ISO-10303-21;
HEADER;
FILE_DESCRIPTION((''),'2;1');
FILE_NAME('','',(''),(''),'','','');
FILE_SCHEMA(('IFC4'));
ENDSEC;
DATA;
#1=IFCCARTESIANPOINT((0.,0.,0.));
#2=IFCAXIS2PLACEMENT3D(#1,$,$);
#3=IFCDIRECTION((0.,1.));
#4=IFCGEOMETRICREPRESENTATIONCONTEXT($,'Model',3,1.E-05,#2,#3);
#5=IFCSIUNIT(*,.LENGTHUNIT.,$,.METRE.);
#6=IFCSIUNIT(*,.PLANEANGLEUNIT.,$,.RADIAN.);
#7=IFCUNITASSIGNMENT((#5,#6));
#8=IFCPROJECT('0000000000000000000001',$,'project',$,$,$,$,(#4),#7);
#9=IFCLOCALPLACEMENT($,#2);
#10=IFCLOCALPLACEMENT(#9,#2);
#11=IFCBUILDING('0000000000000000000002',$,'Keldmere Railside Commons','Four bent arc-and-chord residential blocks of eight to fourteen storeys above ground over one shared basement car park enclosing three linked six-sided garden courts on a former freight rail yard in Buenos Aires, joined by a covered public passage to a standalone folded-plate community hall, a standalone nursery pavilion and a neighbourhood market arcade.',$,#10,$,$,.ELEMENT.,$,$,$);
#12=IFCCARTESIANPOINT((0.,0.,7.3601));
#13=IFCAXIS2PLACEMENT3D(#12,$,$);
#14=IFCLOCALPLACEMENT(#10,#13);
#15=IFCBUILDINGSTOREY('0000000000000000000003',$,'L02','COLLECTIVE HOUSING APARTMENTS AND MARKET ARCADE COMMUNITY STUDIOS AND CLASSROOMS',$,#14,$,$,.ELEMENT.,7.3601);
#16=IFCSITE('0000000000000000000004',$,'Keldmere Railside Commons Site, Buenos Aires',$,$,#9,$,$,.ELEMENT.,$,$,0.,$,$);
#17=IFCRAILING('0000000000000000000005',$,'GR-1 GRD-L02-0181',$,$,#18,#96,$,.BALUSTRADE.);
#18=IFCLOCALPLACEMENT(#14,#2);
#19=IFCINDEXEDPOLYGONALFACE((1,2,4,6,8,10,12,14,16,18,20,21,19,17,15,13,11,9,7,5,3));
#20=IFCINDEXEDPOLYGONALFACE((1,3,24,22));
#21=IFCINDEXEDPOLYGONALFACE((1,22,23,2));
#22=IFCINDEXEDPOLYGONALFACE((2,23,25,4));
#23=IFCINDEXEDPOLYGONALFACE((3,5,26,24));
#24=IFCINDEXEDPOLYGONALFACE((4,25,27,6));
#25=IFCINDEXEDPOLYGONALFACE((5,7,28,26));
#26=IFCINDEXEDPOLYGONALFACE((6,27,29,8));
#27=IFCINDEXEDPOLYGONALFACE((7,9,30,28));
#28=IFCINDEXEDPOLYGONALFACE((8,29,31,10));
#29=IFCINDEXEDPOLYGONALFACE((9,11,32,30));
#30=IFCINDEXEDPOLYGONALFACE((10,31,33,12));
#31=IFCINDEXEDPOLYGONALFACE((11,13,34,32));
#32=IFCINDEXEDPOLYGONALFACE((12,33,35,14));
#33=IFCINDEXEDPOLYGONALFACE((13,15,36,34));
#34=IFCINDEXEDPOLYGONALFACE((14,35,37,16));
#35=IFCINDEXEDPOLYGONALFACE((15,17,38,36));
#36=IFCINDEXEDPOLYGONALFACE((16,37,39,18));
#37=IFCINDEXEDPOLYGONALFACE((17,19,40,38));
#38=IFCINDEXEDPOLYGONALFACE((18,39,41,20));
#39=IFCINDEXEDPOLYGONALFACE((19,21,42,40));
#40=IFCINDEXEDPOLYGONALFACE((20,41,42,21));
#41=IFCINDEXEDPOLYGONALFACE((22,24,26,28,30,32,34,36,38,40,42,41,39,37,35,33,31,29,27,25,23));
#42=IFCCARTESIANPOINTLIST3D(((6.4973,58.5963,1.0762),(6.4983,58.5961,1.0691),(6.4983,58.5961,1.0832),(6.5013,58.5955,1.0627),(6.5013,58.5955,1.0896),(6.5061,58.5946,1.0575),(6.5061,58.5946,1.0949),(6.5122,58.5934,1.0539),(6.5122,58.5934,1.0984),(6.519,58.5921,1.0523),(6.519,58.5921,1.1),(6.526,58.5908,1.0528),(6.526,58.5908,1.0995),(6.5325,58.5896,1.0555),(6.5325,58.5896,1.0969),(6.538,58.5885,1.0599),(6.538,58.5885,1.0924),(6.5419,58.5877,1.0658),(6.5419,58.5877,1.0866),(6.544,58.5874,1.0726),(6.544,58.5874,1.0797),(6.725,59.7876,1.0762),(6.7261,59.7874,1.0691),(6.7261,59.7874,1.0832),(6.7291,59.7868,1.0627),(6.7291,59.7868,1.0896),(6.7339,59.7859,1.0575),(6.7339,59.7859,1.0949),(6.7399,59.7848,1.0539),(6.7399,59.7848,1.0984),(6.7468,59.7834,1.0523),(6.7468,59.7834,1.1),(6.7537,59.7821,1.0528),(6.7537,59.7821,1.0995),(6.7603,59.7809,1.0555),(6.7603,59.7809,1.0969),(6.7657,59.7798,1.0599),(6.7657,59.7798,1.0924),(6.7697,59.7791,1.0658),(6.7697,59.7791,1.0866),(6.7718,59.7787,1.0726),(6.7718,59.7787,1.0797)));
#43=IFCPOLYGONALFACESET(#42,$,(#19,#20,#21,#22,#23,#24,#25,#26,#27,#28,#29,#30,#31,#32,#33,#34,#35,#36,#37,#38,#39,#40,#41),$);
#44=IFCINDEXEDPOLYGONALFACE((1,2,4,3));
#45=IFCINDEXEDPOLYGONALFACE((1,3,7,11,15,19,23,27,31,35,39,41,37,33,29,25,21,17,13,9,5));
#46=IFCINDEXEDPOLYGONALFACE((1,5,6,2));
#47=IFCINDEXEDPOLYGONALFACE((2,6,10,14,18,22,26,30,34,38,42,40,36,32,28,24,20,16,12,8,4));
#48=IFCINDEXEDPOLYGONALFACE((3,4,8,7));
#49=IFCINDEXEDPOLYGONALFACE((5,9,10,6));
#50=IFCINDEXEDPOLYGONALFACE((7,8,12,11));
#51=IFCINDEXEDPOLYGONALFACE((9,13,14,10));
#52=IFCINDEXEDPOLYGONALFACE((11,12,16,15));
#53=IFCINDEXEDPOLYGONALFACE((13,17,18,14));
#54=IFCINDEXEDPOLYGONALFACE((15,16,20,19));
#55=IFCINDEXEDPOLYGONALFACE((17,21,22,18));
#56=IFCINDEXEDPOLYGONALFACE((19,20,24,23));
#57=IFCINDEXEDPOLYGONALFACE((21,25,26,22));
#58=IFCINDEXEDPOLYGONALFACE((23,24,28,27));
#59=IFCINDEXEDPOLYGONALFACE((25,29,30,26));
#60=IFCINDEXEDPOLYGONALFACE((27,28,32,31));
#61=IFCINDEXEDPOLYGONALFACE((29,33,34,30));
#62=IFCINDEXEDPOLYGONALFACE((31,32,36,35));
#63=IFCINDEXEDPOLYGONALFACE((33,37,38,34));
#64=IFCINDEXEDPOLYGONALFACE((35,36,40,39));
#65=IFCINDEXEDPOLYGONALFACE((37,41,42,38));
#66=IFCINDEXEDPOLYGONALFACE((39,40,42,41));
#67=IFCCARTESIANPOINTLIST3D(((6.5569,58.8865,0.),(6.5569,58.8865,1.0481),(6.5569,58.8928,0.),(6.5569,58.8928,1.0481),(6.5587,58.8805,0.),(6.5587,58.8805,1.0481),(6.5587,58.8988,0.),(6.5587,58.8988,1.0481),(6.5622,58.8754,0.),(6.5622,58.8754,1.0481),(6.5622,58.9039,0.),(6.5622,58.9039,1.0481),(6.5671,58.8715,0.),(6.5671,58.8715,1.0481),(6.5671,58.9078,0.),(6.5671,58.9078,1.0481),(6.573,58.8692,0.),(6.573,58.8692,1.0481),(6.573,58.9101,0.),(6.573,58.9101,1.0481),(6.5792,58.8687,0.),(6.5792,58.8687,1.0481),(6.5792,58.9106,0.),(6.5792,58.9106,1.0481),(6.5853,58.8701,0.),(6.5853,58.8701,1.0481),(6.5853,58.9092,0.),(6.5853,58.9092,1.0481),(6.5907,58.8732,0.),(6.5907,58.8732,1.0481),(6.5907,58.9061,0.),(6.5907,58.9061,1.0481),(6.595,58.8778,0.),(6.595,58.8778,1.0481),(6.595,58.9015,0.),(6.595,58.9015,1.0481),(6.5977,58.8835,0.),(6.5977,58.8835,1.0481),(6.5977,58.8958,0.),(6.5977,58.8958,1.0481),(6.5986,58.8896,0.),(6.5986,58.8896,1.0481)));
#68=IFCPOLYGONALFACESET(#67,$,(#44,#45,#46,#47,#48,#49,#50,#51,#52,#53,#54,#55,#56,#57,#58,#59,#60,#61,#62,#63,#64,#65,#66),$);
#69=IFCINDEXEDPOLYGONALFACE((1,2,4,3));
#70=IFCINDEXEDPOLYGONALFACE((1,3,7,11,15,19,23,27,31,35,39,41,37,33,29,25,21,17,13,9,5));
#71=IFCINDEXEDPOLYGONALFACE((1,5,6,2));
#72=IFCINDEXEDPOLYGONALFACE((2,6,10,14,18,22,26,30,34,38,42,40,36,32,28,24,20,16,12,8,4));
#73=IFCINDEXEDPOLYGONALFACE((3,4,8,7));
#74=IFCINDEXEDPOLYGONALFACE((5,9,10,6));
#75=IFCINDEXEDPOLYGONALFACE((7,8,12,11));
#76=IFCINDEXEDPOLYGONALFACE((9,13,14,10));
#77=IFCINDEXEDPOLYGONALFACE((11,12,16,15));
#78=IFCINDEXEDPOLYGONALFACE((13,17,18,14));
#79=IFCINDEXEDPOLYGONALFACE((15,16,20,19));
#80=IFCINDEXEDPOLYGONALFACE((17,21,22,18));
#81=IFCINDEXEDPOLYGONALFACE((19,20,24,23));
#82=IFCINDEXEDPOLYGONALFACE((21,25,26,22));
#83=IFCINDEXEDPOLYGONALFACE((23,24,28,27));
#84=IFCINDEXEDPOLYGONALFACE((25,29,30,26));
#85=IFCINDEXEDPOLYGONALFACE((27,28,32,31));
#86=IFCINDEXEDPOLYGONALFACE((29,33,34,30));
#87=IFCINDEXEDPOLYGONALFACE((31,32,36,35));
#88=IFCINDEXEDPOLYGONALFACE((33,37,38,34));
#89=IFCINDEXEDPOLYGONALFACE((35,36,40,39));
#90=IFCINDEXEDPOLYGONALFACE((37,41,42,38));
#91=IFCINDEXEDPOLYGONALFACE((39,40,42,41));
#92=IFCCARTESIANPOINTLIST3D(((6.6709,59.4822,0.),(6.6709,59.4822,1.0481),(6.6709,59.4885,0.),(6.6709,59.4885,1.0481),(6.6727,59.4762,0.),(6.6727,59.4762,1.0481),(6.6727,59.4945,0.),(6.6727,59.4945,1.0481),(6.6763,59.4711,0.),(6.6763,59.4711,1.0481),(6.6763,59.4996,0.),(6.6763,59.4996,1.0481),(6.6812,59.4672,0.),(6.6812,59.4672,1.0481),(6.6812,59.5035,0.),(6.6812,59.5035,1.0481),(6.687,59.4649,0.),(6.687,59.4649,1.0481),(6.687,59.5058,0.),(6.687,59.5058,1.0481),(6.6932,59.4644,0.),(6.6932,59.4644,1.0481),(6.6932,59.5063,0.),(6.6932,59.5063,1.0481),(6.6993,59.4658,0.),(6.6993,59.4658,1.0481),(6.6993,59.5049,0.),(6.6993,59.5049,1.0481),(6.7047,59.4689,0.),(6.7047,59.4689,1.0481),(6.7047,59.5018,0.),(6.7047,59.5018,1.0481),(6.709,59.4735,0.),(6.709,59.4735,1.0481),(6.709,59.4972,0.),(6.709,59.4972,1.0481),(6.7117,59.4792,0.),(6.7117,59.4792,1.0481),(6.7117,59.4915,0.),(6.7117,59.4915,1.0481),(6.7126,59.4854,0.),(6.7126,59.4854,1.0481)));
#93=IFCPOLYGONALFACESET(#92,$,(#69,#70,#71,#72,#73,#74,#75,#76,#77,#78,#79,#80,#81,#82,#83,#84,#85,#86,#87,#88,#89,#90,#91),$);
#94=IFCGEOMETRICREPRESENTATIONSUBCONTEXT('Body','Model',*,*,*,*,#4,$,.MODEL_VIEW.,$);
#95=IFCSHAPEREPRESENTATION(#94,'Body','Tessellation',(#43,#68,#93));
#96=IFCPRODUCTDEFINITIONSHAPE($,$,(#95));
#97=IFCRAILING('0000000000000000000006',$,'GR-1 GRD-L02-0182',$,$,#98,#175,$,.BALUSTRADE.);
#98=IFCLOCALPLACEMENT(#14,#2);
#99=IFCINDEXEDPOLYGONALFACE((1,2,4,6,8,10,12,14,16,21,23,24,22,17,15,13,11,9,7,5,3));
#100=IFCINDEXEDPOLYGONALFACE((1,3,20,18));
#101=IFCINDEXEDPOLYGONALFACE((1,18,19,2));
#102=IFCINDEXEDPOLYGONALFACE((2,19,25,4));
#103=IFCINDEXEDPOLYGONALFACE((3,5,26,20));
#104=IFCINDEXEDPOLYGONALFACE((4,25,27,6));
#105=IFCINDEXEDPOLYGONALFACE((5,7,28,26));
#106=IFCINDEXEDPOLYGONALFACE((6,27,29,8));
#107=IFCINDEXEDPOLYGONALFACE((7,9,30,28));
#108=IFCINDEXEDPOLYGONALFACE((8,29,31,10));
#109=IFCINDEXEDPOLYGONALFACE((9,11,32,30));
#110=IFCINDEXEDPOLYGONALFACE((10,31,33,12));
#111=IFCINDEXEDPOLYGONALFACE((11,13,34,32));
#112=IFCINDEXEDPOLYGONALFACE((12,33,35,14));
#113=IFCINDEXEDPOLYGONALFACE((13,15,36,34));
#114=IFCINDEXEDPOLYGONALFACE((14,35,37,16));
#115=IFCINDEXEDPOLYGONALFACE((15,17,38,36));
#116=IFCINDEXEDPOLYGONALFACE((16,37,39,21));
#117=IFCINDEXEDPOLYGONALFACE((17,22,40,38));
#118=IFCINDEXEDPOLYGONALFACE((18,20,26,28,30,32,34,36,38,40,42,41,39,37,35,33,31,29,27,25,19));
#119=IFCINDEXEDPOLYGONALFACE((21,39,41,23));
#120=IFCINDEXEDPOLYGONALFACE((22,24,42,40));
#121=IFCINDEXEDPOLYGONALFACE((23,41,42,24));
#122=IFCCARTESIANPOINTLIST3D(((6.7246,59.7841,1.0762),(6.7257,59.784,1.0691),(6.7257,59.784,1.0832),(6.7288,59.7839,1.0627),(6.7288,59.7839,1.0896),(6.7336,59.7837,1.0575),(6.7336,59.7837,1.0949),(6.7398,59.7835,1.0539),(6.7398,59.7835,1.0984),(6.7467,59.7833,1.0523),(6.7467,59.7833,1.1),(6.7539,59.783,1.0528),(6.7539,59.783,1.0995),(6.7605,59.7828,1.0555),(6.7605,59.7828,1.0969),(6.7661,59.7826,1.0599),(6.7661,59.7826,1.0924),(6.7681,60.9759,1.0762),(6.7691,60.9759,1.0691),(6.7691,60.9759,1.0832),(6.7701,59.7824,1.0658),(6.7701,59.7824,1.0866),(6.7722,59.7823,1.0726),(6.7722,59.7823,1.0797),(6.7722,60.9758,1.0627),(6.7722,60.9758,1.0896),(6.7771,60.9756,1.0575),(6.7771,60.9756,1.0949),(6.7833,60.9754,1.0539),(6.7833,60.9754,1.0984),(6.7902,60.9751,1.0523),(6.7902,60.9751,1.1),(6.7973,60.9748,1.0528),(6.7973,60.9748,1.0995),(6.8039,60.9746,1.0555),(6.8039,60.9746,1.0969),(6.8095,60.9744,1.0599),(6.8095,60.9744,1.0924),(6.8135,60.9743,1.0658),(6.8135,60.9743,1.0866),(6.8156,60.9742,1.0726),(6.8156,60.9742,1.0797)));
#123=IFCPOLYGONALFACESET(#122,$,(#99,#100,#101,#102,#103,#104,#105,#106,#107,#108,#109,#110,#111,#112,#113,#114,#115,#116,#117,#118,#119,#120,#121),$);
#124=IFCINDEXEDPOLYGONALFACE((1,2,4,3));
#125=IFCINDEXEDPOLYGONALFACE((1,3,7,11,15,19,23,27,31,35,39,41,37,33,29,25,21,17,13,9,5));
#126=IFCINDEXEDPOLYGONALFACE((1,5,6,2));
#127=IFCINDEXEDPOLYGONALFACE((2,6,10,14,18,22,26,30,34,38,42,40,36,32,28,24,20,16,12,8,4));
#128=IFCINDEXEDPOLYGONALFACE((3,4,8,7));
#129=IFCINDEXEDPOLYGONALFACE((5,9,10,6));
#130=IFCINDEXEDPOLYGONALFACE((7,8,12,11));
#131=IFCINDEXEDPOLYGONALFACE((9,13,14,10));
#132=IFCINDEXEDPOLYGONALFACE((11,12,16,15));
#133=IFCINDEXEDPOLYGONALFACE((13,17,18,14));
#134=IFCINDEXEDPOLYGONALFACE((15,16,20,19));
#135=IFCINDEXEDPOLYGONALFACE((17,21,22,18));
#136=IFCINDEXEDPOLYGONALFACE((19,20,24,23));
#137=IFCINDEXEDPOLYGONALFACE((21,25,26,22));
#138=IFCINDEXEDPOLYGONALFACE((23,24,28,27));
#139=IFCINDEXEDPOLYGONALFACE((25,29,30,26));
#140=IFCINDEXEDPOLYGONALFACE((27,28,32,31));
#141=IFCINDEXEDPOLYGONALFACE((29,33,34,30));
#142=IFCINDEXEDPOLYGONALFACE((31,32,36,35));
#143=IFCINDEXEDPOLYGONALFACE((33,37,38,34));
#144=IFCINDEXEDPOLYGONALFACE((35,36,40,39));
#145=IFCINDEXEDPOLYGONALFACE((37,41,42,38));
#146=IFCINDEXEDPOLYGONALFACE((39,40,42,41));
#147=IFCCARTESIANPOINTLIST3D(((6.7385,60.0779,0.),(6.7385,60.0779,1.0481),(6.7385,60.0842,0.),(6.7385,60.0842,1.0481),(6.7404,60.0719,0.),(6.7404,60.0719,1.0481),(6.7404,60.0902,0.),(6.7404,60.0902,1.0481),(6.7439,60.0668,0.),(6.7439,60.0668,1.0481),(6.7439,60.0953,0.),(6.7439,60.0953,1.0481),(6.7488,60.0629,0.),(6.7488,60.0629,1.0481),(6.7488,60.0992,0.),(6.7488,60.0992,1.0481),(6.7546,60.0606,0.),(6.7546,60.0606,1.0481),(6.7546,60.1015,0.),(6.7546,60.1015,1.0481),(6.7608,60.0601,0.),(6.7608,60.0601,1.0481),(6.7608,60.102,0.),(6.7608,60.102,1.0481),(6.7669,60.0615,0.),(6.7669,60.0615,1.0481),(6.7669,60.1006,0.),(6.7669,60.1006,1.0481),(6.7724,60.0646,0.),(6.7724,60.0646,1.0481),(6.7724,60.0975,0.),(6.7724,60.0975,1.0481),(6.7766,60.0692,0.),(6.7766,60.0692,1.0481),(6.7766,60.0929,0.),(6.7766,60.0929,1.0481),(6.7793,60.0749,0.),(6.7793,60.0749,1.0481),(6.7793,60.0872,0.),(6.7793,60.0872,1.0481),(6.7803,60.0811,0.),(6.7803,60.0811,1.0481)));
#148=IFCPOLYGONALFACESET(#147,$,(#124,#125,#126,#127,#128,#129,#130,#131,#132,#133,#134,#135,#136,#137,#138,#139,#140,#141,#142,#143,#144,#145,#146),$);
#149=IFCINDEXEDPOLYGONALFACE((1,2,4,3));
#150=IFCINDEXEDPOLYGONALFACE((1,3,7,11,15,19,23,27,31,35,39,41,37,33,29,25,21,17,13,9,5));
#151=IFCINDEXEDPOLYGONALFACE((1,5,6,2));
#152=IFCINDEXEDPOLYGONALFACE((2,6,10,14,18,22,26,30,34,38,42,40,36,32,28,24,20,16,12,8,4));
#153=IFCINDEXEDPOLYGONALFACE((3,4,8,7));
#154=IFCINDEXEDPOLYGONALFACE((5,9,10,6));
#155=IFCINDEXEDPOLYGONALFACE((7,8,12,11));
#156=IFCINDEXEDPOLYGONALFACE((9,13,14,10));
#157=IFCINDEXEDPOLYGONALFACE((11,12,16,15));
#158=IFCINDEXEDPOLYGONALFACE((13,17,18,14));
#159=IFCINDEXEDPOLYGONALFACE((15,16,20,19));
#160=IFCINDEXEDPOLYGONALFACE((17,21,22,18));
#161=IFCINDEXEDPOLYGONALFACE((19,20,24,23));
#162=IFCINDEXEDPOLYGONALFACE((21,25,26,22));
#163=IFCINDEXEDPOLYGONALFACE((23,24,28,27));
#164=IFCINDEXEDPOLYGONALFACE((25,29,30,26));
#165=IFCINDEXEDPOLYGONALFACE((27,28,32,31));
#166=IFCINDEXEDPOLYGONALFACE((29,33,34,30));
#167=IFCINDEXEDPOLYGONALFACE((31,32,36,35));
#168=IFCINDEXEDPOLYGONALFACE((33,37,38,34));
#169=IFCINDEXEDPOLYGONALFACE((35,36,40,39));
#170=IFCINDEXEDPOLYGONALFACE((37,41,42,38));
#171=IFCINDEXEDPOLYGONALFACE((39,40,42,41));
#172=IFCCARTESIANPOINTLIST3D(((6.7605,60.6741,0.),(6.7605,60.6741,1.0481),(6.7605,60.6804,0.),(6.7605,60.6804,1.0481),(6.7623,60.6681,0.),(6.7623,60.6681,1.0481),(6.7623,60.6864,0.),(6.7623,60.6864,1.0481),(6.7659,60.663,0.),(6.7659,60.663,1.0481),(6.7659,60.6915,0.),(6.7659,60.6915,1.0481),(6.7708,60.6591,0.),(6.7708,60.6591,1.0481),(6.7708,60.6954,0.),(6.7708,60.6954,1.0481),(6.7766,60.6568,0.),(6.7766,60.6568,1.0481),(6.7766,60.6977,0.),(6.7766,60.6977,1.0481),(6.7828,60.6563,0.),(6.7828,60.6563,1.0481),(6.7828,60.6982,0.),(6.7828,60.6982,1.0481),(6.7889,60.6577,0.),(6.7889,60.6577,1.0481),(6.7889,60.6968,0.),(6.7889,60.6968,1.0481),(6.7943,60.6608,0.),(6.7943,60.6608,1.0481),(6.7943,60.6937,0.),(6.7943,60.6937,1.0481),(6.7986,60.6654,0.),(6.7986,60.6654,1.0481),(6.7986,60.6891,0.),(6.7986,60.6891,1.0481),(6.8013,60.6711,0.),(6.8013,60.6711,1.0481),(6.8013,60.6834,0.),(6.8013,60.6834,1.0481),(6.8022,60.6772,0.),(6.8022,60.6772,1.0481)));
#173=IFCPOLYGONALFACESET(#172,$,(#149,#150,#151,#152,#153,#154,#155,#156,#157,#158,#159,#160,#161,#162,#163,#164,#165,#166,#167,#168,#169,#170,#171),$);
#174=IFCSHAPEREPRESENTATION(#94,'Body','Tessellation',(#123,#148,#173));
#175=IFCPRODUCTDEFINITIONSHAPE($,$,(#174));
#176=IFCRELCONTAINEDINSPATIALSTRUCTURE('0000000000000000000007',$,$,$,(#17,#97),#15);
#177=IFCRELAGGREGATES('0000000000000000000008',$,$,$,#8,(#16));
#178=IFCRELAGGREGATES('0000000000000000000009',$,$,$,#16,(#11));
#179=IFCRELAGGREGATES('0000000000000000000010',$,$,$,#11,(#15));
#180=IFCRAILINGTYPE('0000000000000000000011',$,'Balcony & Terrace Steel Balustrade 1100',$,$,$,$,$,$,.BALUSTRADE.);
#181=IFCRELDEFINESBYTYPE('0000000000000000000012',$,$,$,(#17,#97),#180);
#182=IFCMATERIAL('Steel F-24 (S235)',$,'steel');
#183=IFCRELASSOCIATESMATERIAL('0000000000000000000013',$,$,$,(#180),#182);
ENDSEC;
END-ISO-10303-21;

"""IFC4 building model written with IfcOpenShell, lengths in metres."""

from ifc_helpers import new_model, si_unit, direction, frame, origin, origin_2d, place, context, subcontext, project, spatial, circle, extrude, material, type_object, element, save


model = new_model("IFC4")

# Units and contexts
model_context = context("Model", 3, precision=1e-05, world=origin(), true_north=direction((0.0, 1.0)))
body_context = subcontext(model_context, "Body", "Model", "MODEL_VIEW")
ifc_project = project(units=[si_unit("LENGTHUNIT", "METRE"), si_unit("PLANEANGLEUNIT", "RADIAN")], contexts=[model_context])

# Site, building, storey
site_placement = place(None, origin())
site = spatial("IfcSite", under=ifc_project, at=site_placement, Name="Keldmere Railside Commons Site, Buenos Aires", CompositionType="ELEMENT", RefElevation=0.0)
building_placement = place(site_placement, origin())
building = spatial("IfcBuilding", under=site, at=building_placement, Name="Keldmere Railside Commons", Description="Four bent arc-and-chord residential blocks of eight to fourteen storeys above ground over one shared basement car park enclosing three linked six-sided garden courts on a former freight rail yard in Buenos Aires, joined by a covered public passage to a standalone folded-plate community hall, a standalone nursery pavilion and a neighbourhood market arcade.", CompositionType="ELEMENT")
storey_placement = place(building_placement, frame((0.0, 0.0, 7.3601)))
storey = spatial("IfcBuildingStorey", under=building, at=storey_placement, Name="L02", Description="COLLECTIVE HOUSING APARTMENTS AND MARKET ARCADE COMMUNITY STUDIOS AND CLASSROOMS", CompositionType="ELEMENT", Elevation=7.3601)

# Railings
ifc_material_1 = material(Name="Steel F-24 (S235)", Category="steel")
railing_type = type_object("IfcRailingType", Name="Balcony & Terrace Steel Balustrade 1100", PredefinedType="BALUSTRADE", material=ifc_material_1)
railing_1_placement = place(storey_placement, frame((6.5208, 58.5918, 0.0)))
element("IfcRailing", 1, at=railing_1_placement, inside=storey, type_object=railing_type, Name="GR-1 GRD-L02-0181", PredefinedType="BALUSTRADE", context=body_context, shape_type="SweptSolid", body=[
    extrude(circle(Radius=0.0239, at=origin_2d()), frame((0.0, 0.0, 1.0762), z_axis=(0.187787, 0.98221, 0.0), x_axis=(-0.98221, 0.187787, 0.0)), (0.0, 0.0, 1.0), 1.2129),
    extrude(circle(Radius=0.021, at=origin_2d()), frame((0.0569, 0.2979, 0.0)), (0.0, 0.0, 1.0), 1.0481),
    extrude(circle(Radius=0.021, at=origin_2d()), frame((0.1709, 0.8936, 0.0)), (0.0, 0.0, 1.0), 1.0481),
])
railing_2_placement = place(storey_placement, frame((6.7485, 59.7832, 0.0)))
element("IfcRailing", 2, at=railing_2_placement, inside=storey, type_object=railing_type, Name="GR-1 GRD-L02-0182", PredefinedType="BALUSTRADE", context=body_context, shape_type="SweptSolid", body=[
    extrude(circle(Radius=0.0239, at=origin_2d()), frame((0.0, 0.0, 1.0762), z_axis=(0.036436, 0.999336, 0.0), x_axis=(-0.999336, 0.036436, 0.0)), (0.0, 0.0, 1.0), 1.1926),
    extrude(circle(Radius=0.021, at=origin_2d()), frame((0.0107, 0.2979, 0.0)), (0.0, 0.0, 1.0), 1.0481),
    extrude(circle(Radius=0.021, at=origin_2d()), frame((0.0327, 0.894, 0.0)), (0.0, 0.0, 1.0), 1.0481),
])

save(model, "model.ifc")
